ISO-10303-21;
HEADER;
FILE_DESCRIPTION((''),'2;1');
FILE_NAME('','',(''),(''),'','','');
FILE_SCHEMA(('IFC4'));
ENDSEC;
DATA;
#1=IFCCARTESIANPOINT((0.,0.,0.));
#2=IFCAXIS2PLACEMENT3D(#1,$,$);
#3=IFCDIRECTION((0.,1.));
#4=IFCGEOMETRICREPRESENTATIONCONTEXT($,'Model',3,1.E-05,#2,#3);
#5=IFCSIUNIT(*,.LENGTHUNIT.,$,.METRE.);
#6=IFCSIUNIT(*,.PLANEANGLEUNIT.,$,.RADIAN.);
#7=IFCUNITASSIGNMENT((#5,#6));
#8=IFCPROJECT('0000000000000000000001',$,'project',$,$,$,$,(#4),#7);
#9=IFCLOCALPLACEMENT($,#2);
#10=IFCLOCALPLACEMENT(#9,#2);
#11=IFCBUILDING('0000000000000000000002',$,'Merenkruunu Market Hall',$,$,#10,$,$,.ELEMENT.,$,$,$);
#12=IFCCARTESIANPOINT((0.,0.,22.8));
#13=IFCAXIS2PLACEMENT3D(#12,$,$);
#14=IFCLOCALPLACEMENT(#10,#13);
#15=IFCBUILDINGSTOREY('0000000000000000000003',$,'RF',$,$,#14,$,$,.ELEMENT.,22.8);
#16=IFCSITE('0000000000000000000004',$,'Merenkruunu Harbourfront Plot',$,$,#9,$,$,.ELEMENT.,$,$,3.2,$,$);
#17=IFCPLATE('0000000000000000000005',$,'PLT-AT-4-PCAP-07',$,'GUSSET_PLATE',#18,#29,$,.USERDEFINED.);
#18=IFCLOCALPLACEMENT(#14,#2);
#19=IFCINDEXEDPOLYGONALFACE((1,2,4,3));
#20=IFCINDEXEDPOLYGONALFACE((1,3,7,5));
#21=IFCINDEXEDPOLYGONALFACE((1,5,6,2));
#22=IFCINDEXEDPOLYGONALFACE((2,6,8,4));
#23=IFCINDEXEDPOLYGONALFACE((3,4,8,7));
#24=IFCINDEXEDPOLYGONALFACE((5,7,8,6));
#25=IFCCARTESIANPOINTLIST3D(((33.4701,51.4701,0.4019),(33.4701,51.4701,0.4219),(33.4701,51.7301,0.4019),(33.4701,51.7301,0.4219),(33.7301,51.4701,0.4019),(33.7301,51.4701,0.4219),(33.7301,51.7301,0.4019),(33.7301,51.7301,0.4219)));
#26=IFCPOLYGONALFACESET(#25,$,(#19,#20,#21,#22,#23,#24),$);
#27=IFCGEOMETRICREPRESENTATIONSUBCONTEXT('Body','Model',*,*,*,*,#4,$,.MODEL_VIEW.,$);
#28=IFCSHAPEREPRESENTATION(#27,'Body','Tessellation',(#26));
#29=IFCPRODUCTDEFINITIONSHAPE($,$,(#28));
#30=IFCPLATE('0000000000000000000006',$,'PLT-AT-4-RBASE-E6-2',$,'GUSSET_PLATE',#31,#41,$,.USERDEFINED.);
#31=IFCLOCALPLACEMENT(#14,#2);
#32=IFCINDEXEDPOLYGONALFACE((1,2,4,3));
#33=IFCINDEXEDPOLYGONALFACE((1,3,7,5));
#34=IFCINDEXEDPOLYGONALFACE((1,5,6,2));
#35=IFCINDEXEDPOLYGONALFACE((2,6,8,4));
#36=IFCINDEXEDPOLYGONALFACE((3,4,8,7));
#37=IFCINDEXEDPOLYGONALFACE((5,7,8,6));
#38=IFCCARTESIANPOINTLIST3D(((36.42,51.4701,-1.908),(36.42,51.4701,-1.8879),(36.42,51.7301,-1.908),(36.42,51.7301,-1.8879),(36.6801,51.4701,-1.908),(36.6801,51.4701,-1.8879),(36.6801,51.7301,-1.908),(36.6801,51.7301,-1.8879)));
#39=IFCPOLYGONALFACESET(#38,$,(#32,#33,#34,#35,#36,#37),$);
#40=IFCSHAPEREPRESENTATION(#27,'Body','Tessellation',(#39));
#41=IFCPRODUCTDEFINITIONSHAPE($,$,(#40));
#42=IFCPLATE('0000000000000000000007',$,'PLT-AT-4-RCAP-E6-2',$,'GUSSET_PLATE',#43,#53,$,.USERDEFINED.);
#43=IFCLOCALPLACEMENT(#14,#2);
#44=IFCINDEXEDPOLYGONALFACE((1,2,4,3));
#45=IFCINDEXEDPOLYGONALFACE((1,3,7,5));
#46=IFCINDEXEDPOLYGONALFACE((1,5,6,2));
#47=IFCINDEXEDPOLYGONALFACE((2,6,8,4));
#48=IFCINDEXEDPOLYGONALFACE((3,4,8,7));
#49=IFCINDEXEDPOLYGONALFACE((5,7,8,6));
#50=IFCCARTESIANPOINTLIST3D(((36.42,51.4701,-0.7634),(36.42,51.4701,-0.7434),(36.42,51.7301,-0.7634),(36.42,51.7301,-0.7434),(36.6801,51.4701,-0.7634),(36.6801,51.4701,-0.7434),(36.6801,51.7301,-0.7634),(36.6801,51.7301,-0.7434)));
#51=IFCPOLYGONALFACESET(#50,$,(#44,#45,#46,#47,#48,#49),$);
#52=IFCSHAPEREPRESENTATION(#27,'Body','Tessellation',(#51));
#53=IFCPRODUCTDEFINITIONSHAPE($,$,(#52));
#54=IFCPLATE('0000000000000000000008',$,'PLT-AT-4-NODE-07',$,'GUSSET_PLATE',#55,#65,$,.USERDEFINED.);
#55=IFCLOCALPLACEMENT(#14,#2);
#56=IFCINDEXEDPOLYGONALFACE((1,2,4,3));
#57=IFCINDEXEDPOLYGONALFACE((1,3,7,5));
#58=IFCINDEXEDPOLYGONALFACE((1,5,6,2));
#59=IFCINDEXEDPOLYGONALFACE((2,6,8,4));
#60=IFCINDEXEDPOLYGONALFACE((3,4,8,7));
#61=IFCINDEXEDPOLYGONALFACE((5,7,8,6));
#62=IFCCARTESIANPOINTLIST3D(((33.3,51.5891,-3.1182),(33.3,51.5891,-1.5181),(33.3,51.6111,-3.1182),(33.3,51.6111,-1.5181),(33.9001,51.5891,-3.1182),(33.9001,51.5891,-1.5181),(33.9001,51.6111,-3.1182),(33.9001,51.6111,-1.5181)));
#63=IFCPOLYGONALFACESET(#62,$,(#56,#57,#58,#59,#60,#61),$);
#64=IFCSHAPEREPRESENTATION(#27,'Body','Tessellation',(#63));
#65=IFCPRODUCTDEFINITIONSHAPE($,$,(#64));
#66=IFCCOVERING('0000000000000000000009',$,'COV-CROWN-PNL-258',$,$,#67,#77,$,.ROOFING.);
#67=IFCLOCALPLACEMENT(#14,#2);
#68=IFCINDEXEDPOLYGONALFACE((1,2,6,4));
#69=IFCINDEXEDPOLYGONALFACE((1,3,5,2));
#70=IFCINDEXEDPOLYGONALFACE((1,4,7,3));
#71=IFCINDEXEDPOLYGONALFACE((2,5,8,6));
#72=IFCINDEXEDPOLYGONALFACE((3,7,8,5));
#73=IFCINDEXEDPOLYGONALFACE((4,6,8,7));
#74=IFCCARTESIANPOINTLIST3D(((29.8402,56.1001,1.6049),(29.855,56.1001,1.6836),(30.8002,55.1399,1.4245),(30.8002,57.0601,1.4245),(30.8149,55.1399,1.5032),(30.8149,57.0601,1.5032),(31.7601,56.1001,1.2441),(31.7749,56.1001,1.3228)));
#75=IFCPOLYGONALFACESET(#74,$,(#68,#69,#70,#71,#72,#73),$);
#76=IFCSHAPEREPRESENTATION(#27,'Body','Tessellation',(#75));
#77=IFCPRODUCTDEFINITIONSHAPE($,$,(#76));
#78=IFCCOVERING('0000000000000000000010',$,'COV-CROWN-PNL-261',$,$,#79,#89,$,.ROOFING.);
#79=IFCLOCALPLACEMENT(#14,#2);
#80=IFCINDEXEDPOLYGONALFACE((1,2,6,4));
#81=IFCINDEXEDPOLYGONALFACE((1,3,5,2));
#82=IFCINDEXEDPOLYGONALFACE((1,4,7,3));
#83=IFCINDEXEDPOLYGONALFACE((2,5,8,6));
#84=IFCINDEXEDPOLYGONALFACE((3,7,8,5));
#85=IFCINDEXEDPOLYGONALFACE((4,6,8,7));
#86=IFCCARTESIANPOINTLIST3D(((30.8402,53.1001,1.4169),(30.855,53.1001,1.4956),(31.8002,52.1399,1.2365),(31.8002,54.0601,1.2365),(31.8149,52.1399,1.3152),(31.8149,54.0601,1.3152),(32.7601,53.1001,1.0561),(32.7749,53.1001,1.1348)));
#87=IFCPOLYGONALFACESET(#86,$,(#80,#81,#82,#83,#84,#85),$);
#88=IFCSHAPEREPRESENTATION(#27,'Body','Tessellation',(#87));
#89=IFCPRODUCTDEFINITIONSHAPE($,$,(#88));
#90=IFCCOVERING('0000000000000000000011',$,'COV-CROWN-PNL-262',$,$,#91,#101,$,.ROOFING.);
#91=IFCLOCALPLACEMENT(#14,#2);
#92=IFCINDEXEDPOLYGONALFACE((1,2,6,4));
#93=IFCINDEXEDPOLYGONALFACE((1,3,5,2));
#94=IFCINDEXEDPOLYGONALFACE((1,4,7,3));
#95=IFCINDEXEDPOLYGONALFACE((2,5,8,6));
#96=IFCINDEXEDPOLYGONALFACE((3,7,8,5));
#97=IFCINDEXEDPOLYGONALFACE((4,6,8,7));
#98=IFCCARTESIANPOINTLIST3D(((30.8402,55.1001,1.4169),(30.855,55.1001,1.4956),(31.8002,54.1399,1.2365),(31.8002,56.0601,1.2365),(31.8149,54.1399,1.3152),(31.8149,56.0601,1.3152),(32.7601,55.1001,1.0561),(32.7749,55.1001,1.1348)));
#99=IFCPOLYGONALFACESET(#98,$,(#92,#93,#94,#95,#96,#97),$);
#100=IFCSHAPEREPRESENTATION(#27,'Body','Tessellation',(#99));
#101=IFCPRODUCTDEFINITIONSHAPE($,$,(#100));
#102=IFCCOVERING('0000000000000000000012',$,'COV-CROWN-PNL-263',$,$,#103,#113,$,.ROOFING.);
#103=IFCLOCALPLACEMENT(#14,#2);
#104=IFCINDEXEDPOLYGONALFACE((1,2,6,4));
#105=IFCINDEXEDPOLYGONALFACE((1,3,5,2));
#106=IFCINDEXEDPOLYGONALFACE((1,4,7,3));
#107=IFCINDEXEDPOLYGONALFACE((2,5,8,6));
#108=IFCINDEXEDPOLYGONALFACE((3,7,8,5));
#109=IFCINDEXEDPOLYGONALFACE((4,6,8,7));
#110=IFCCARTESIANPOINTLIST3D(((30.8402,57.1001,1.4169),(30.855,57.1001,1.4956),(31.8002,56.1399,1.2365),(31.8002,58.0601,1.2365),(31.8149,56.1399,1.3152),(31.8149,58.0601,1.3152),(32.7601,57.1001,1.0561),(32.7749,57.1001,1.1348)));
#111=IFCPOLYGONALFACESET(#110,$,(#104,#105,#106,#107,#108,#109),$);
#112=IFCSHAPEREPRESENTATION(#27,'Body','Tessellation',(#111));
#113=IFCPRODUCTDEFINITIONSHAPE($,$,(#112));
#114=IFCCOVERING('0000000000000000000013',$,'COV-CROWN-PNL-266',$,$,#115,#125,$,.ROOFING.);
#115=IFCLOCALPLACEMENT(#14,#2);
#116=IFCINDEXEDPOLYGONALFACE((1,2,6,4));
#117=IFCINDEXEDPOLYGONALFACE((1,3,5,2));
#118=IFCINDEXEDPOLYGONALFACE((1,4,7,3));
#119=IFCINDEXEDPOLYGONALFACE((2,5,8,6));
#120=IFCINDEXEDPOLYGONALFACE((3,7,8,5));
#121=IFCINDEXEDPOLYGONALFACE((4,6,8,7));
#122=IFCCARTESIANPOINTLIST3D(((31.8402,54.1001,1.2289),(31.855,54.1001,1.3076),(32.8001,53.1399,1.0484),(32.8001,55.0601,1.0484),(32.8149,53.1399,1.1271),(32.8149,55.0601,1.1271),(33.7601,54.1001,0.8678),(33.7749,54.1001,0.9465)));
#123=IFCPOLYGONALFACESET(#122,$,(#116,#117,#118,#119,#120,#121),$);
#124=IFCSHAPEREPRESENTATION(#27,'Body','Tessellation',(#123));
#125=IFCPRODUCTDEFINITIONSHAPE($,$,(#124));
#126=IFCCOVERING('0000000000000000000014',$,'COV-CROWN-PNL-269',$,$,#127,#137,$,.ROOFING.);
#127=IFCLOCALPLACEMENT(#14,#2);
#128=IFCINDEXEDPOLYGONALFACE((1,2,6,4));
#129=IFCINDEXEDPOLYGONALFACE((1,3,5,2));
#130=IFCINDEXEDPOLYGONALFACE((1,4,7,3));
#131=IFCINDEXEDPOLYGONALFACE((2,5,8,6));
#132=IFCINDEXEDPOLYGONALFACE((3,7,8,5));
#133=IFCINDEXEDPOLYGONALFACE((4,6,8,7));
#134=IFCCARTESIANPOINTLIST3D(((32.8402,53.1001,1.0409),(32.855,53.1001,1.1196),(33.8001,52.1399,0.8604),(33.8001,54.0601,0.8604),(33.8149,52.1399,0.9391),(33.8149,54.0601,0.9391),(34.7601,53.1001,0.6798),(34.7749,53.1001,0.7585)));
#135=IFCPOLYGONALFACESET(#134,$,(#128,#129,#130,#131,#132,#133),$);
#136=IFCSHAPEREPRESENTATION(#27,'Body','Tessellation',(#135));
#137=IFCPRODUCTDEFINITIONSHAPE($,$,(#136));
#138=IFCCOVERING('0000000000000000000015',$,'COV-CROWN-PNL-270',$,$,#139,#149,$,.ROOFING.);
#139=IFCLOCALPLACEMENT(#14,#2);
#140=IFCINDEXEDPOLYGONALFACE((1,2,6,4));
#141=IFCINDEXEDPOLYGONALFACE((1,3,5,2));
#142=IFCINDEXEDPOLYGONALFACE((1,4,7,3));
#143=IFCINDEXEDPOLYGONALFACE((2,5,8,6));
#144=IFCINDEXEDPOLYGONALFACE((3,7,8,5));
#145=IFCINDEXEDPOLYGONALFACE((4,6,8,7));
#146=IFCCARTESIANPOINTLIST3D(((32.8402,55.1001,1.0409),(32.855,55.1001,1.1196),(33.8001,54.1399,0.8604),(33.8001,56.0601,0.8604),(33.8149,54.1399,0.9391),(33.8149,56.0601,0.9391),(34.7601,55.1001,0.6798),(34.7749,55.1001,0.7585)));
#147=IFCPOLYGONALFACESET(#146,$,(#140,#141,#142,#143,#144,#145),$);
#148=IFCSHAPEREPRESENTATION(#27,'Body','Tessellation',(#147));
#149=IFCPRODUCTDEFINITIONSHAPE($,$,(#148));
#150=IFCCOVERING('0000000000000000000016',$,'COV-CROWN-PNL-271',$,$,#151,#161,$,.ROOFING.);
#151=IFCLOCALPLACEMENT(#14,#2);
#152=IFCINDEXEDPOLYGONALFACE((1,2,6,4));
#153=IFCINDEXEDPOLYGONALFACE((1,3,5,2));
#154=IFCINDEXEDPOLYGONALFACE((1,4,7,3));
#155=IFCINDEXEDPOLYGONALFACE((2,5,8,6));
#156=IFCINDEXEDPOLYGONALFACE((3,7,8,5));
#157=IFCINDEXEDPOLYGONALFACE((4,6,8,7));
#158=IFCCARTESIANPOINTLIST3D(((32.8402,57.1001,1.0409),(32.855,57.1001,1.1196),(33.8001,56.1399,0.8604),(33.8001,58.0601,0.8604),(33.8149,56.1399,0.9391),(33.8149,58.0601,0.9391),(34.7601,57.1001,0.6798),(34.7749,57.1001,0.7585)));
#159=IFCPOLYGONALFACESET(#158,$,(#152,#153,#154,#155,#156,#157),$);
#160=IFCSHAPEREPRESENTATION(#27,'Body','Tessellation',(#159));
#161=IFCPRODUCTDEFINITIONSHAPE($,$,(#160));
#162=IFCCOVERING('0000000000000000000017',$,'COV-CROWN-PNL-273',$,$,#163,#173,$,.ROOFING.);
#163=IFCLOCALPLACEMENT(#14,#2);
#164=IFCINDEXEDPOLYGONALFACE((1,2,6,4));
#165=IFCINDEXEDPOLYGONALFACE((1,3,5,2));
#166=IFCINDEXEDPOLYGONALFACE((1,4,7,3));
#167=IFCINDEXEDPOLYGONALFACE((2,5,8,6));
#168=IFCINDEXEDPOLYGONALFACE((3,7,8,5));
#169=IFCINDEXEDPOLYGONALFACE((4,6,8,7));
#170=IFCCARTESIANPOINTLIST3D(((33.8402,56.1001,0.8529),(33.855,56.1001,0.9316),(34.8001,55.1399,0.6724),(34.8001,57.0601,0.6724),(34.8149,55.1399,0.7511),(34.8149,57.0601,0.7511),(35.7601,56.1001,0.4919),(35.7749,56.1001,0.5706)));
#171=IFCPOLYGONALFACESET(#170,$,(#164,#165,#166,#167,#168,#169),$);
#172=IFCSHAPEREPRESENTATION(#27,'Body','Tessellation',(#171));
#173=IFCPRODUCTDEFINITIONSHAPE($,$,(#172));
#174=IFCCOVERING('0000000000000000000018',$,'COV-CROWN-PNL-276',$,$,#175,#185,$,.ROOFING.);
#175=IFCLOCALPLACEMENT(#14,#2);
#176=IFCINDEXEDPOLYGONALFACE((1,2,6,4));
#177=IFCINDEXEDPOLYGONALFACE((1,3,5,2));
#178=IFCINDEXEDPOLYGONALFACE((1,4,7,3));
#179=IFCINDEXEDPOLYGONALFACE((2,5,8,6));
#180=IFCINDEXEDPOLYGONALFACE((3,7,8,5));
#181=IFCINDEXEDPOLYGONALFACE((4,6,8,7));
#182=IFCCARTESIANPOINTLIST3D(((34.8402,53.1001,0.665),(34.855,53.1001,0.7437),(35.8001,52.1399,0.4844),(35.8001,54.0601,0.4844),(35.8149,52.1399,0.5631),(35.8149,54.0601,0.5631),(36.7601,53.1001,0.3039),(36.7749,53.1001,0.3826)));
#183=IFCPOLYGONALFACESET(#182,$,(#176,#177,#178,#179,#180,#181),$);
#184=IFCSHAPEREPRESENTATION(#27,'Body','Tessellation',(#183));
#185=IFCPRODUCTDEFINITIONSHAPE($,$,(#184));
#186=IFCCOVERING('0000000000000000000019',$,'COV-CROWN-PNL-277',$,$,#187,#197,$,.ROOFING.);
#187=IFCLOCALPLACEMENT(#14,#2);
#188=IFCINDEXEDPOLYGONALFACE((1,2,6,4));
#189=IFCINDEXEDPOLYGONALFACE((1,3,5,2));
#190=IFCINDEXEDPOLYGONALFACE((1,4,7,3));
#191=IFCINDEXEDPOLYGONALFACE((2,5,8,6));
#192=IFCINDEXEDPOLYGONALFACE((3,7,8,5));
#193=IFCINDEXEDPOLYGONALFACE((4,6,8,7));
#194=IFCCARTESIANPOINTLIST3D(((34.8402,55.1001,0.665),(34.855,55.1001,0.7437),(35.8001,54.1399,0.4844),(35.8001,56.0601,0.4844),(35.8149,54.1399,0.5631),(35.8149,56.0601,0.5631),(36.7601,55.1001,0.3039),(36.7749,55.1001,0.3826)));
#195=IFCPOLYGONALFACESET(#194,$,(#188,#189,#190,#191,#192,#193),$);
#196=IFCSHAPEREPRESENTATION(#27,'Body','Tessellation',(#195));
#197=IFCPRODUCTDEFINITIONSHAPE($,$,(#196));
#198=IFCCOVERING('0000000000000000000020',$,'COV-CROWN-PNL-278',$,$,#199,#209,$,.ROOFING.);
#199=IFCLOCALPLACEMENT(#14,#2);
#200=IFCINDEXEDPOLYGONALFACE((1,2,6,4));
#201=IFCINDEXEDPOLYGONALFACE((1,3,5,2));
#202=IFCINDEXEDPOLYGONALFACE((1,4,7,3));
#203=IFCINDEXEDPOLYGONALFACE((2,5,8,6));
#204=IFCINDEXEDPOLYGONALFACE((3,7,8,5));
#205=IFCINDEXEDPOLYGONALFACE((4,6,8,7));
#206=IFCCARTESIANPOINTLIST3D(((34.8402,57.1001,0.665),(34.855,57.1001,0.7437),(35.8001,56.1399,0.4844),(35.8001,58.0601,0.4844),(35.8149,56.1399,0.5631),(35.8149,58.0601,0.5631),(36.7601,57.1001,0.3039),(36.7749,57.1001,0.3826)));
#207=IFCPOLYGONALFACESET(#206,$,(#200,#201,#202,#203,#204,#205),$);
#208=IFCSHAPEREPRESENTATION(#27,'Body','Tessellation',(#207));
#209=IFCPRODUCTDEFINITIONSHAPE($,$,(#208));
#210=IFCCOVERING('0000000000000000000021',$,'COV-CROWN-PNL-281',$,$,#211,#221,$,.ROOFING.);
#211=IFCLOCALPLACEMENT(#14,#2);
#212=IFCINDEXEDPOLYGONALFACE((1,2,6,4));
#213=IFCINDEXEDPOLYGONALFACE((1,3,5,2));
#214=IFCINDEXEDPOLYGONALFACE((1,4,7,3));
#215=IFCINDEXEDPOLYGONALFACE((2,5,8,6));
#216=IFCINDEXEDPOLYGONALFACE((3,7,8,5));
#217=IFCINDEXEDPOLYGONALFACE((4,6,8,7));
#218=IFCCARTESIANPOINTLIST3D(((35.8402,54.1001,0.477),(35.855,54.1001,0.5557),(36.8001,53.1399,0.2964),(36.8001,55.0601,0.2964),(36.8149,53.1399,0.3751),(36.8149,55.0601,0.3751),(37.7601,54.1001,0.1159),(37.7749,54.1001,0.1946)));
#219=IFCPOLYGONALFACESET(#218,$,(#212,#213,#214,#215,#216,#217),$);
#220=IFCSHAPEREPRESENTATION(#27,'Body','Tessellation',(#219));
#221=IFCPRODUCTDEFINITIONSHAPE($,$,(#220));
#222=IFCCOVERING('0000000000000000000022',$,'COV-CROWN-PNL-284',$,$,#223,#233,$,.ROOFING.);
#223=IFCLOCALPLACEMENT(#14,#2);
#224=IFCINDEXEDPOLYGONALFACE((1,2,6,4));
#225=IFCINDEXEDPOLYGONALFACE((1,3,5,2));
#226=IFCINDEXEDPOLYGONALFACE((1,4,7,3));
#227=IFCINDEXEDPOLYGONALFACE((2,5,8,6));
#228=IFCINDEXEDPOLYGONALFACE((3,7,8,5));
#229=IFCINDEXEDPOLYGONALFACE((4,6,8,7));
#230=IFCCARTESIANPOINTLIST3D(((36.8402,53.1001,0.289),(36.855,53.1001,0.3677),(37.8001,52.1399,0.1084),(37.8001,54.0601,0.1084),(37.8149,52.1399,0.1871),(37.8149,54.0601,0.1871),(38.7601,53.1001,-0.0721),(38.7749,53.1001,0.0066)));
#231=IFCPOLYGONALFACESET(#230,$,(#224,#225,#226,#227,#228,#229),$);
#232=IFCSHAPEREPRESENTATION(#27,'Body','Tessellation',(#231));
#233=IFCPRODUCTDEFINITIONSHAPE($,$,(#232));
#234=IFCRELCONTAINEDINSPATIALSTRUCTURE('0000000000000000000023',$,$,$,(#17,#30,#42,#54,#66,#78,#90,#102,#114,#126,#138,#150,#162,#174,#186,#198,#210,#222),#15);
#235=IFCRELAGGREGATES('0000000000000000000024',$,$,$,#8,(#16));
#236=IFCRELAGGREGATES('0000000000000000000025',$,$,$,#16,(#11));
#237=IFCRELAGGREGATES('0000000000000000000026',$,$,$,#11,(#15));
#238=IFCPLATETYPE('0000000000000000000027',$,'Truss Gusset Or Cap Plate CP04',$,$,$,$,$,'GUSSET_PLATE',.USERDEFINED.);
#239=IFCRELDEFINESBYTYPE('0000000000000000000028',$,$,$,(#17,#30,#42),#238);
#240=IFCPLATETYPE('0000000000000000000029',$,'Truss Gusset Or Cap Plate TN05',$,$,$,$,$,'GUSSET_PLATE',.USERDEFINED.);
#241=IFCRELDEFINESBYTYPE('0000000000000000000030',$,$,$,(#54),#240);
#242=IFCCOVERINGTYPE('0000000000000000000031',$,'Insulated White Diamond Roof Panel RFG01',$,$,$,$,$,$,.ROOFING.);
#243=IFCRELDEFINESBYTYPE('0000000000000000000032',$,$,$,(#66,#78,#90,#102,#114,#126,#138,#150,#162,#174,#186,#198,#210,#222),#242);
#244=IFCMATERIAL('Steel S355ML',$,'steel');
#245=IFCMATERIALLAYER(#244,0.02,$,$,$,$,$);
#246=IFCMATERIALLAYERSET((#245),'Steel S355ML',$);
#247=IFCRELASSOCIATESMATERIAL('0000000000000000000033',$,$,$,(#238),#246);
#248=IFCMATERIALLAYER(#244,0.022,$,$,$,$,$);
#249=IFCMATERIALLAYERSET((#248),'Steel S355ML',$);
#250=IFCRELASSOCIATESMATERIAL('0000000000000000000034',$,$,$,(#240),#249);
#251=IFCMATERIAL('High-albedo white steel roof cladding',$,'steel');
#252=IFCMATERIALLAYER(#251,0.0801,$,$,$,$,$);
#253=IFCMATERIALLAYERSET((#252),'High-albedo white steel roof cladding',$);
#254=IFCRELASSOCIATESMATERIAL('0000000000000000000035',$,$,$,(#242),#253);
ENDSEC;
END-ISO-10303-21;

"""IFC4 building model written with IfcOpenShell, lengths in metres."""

from ifc_helpers import new_model, si_unit, direction, frame, origin, origin_2d, place, context, subcontext, project, spatial, polyline, rectangle, outline, extrude, material, layer, layer_set, type_object, element, save


model = new_model("IFC4")

# Units and contexts
model_context = context("Model", 3, precision=1e-05, world=origin(), true_north=direction((0.0, 1.0)))
body_context = subcontext(model_context, "Body", "Model", "MODEL_VIEW")
ifc_project = project(units=[si_unit("LENGTHUNIT", "METRE"), si_unit("PLANEANGLEUNIT", "RADIAN")], contexts=[model_context])

# Site, building, storey
site_placement = place(None, origin())
site = spatial("IfcSite", under=ifc_project, at=site_placement, Name="Merenkruunu Harbourfront Plot", CompositionType="ELEMENT", RefElevation=3.2)
building_placement = place(site_placement, origin())
building = spatial("IfcBuilding", under=site, at=building_placement, Name="Merenkruunu Market Hall", CompositionType="ELEMENT")
storey_placement = place(building_placement, frame((0.0, 0.0, 22.8)))
storey = spatial("IfcBuildingStorey", under=building, at=storey_placement, Name="RF", CompositionType="ELEMENT", Elevation=22.8)

# Shared definitions
ifc_material_1 = material(Name="Steel S355ML", Category="steel")

# Plates
ifc_layer_1 = layer(ifc_material_1, 0.02)
ifc_layer_set_1 = layer_set([ifc_layer_1], Name="Steel S355ML")
plate_type_1 = type_object("IfcPlateType", Name="Truss Gusset Or Cap Plate CP04", ElementType="GUSSET_PLATE", PredefinedType="USERDEFINED", material=ifc_layer_set_1)
for number, where, z_axis, x_axis, name in (
    (1, (33.6001, 51.6001, 0.4019), (0.0, 0.0, 1.0), (1.0, 0.0, 0.0), "PLT-AT-4-PCAP-07"),
    (2, (36.55, 51.6001, -1.908), (0.0, 0.0, 1.0), (1.0, 0.0, 0.0), "PLT-AT-4-RBASE-E6-2"),
    (3, (36.55, 51.6001, -0.7634), (0.0, 0.0, 1.0), (1.0, 0.0, 0.0), "PLT-AT-4-RCAP-E6-2"),
):
    element("IfcPlate", number, at=place(storey_placement, frame(where, z_axis=z_axis, x_axis=x_axis)), inside=storey, type_object=plate_type_1, Name=name, ObjectType="GUSSET_PLATE", PredefinedType="USERDEFINED", context=body_context, shape_type="SweptSolid", body=[
        extrude(rectangle(XDim=0.26, YDim=0.26, at=origin_2d()), origin(), (0.0, 0.0, 1.0), 0.02),
    ])
ifc_layer_2 = layer(ifc_material_1, 0.022)
ifc_layer_set_2 = layer_set([ifc_layer_2], Name="Steel S355ML")
plate_type_2 = type_object("IfcPlateType", Name="Truss Gusset Or Cap Plate TN05", ElementType="GUSSET_PLATE", PredefinedType="USERDEFINED", material=ifc_layer_set_2)
plate_placement = place(storey_placement, frame((33.6001, 51.6001, -3.1182), z_axis=(0.0, 0.0, 1.0), x_axis=(1.0, 0.0, 0.0)))
element("IfcPlate", 4, at=plate_placement, inside=storey, type_object=plate_type_2, Name="PLT-AT-4-NODE-07", ObjectType="GUSSET_PLATE", PredefinedType="USERDEFINED", context=body_context, shape_type="SweptSolid", body=[
    extrude(rectangle(XDim=0.6001, YDim=0.022, at=origin_2d()), origin(), (0.0, 0.0, 1.0), 1.6001),
])

# Coverings
ifc_material_2 = material(Name="High-albedo white steel roof cladding", Category="steel")
ifc_layer_3 = layer(ifc_material_2, 0.0801)
ifc_layer_set_3 = layer_set([ifc_layer_3], Name="High-albedo white steel roof cladding")
covering_type_1 = type_object("IfcCoveringType", Name="Insulated White Diamond Roof Panel RFG01", PredefinedType="ROOFING", material=ifc_layer_set_3)
for number, where, z_axis, x_axis, name in (
    (5, (29.855, 56.1001, 1.6836), (0.184711, 0.0, 0.982793), (0.700856, -0.701035, -0.131722), "COV-CROWN-PNL-258"),
    (6, (30.855, 53.1001, 1.4956), (0.184711, 0.0, 0.982793), (0.700856, -0.701035, -0.131722), "COV-CROWN-PNL-261"),
    (7, (30.855, 55.1001, 1.4956), (0.184711, 0.0, 0.982793), (0.700856, -0.701035, -0.131722), "COV-CROWN-PNL-262"),
    (8, (30.855, 57.1001, 1.4956), (0.184711, 0.0, 0.982793), (0.700856, -0.701035, -0.131722), "COV-CROWN-PNL-263"),
):
    element("IfcCovering", number, at=place(storey_placement, frame(where, z_axis=z_axis, x_axis=x_axis)), inside=storey, type_object=covering_type_1, Name=name, PredefinedType="ROOFING", context=body_context, shape_type="SweptSolid", body=[
        extrude(outline(polyline([(0.0, 0.0), (1.3697, 0.0), (1.3931, 1.3695), (0.0236, 1.3693), (0.0, 0.0)])), origin(), (0.0, 0.0, -1.0), 0.0801),
    ])
for number, where, z_axis, x_axis, name in (
    (9, (31.855, 54.1001, 1.3076), (0.184832, 0.0, 0.98277), (0.70084, -0.701035, -0.131809), "COV-CROWN-PNL-266"),
    (10, (32.855, 53.1001, 1.1196), (0.184832, 0.0, 0.98277), (0.70084, -0.701035, -0.131809), "COV-CROWN-PNL-269"),
    (11, (32.855, 55.1001, 1.1196), (0.184832, 0.0, 0.98277), (0.70084, -0.701035, -0.131809), "COV-CROWN-PNL-270"),
    (12, (32.855, 57.1001, 1.1196), (0.184832, 0.0, 0.98277), (0.70084, -0.701035, -0.131809), "COV-CROWN-PNL-271"),
    (13, (33.855, 56.1001, 0.9316), (0.184832, 0.0, 0.98277), (0.70084, -0.701035, -0.131809), "COV-CROWN-PNL-273"),
    (14, (34.855, 53.1001, 0.7437), (0.184832, 0.0, 0.98277), (0.70084, -0.701035, -0.131809), "COV-CROWN-PNL-276"),
    (15, (34.855, 55.1001, 0.7437), (0.184832, 0.0, 0.98277), (0.70084, -0.701035, -0.131809), "COV-CROWN-PNL-277"),
    (16, (34.855, 57.1001, 0.7437), (0.184832, 0.0, 0.98277), (0.70084, -0.701035, -0.131809), "COV-CROWN-PNL-278"),
    (17, (35.855, 54.1001, 0.5557), (0.184832, 0.0, 0.98277), (0.70084, -0.701035, -0.131809), "COV-CROWN-PNL-281"),
    (18, (36.855, 53.1001, 0.3677), (0.184832, 0.0, 0.98277), (0.70084, -0.701035, -0.131809), "COV-CROWN-PNL-284"),
):
    element("IfcCovering", number, at=place(storey_placement, frame(where, z_axis=z_axis, x_axis=x_axis)), inside=storey, type_object=covering_type_1, Name=name, PredefinedType="ROOFING", context=body_context, shape_type="SweptSolid", body=[
        extrude(outline(polyline([(0.0, 0.0), (1.3697, 0.0), (1.3932, 1.3695), (0.0236, 1.3693), (0.0, 0.0)])), origin(), (0.0, 0.0, -1.0), 0.0801),
    ])

save(model, "model.ifc")
